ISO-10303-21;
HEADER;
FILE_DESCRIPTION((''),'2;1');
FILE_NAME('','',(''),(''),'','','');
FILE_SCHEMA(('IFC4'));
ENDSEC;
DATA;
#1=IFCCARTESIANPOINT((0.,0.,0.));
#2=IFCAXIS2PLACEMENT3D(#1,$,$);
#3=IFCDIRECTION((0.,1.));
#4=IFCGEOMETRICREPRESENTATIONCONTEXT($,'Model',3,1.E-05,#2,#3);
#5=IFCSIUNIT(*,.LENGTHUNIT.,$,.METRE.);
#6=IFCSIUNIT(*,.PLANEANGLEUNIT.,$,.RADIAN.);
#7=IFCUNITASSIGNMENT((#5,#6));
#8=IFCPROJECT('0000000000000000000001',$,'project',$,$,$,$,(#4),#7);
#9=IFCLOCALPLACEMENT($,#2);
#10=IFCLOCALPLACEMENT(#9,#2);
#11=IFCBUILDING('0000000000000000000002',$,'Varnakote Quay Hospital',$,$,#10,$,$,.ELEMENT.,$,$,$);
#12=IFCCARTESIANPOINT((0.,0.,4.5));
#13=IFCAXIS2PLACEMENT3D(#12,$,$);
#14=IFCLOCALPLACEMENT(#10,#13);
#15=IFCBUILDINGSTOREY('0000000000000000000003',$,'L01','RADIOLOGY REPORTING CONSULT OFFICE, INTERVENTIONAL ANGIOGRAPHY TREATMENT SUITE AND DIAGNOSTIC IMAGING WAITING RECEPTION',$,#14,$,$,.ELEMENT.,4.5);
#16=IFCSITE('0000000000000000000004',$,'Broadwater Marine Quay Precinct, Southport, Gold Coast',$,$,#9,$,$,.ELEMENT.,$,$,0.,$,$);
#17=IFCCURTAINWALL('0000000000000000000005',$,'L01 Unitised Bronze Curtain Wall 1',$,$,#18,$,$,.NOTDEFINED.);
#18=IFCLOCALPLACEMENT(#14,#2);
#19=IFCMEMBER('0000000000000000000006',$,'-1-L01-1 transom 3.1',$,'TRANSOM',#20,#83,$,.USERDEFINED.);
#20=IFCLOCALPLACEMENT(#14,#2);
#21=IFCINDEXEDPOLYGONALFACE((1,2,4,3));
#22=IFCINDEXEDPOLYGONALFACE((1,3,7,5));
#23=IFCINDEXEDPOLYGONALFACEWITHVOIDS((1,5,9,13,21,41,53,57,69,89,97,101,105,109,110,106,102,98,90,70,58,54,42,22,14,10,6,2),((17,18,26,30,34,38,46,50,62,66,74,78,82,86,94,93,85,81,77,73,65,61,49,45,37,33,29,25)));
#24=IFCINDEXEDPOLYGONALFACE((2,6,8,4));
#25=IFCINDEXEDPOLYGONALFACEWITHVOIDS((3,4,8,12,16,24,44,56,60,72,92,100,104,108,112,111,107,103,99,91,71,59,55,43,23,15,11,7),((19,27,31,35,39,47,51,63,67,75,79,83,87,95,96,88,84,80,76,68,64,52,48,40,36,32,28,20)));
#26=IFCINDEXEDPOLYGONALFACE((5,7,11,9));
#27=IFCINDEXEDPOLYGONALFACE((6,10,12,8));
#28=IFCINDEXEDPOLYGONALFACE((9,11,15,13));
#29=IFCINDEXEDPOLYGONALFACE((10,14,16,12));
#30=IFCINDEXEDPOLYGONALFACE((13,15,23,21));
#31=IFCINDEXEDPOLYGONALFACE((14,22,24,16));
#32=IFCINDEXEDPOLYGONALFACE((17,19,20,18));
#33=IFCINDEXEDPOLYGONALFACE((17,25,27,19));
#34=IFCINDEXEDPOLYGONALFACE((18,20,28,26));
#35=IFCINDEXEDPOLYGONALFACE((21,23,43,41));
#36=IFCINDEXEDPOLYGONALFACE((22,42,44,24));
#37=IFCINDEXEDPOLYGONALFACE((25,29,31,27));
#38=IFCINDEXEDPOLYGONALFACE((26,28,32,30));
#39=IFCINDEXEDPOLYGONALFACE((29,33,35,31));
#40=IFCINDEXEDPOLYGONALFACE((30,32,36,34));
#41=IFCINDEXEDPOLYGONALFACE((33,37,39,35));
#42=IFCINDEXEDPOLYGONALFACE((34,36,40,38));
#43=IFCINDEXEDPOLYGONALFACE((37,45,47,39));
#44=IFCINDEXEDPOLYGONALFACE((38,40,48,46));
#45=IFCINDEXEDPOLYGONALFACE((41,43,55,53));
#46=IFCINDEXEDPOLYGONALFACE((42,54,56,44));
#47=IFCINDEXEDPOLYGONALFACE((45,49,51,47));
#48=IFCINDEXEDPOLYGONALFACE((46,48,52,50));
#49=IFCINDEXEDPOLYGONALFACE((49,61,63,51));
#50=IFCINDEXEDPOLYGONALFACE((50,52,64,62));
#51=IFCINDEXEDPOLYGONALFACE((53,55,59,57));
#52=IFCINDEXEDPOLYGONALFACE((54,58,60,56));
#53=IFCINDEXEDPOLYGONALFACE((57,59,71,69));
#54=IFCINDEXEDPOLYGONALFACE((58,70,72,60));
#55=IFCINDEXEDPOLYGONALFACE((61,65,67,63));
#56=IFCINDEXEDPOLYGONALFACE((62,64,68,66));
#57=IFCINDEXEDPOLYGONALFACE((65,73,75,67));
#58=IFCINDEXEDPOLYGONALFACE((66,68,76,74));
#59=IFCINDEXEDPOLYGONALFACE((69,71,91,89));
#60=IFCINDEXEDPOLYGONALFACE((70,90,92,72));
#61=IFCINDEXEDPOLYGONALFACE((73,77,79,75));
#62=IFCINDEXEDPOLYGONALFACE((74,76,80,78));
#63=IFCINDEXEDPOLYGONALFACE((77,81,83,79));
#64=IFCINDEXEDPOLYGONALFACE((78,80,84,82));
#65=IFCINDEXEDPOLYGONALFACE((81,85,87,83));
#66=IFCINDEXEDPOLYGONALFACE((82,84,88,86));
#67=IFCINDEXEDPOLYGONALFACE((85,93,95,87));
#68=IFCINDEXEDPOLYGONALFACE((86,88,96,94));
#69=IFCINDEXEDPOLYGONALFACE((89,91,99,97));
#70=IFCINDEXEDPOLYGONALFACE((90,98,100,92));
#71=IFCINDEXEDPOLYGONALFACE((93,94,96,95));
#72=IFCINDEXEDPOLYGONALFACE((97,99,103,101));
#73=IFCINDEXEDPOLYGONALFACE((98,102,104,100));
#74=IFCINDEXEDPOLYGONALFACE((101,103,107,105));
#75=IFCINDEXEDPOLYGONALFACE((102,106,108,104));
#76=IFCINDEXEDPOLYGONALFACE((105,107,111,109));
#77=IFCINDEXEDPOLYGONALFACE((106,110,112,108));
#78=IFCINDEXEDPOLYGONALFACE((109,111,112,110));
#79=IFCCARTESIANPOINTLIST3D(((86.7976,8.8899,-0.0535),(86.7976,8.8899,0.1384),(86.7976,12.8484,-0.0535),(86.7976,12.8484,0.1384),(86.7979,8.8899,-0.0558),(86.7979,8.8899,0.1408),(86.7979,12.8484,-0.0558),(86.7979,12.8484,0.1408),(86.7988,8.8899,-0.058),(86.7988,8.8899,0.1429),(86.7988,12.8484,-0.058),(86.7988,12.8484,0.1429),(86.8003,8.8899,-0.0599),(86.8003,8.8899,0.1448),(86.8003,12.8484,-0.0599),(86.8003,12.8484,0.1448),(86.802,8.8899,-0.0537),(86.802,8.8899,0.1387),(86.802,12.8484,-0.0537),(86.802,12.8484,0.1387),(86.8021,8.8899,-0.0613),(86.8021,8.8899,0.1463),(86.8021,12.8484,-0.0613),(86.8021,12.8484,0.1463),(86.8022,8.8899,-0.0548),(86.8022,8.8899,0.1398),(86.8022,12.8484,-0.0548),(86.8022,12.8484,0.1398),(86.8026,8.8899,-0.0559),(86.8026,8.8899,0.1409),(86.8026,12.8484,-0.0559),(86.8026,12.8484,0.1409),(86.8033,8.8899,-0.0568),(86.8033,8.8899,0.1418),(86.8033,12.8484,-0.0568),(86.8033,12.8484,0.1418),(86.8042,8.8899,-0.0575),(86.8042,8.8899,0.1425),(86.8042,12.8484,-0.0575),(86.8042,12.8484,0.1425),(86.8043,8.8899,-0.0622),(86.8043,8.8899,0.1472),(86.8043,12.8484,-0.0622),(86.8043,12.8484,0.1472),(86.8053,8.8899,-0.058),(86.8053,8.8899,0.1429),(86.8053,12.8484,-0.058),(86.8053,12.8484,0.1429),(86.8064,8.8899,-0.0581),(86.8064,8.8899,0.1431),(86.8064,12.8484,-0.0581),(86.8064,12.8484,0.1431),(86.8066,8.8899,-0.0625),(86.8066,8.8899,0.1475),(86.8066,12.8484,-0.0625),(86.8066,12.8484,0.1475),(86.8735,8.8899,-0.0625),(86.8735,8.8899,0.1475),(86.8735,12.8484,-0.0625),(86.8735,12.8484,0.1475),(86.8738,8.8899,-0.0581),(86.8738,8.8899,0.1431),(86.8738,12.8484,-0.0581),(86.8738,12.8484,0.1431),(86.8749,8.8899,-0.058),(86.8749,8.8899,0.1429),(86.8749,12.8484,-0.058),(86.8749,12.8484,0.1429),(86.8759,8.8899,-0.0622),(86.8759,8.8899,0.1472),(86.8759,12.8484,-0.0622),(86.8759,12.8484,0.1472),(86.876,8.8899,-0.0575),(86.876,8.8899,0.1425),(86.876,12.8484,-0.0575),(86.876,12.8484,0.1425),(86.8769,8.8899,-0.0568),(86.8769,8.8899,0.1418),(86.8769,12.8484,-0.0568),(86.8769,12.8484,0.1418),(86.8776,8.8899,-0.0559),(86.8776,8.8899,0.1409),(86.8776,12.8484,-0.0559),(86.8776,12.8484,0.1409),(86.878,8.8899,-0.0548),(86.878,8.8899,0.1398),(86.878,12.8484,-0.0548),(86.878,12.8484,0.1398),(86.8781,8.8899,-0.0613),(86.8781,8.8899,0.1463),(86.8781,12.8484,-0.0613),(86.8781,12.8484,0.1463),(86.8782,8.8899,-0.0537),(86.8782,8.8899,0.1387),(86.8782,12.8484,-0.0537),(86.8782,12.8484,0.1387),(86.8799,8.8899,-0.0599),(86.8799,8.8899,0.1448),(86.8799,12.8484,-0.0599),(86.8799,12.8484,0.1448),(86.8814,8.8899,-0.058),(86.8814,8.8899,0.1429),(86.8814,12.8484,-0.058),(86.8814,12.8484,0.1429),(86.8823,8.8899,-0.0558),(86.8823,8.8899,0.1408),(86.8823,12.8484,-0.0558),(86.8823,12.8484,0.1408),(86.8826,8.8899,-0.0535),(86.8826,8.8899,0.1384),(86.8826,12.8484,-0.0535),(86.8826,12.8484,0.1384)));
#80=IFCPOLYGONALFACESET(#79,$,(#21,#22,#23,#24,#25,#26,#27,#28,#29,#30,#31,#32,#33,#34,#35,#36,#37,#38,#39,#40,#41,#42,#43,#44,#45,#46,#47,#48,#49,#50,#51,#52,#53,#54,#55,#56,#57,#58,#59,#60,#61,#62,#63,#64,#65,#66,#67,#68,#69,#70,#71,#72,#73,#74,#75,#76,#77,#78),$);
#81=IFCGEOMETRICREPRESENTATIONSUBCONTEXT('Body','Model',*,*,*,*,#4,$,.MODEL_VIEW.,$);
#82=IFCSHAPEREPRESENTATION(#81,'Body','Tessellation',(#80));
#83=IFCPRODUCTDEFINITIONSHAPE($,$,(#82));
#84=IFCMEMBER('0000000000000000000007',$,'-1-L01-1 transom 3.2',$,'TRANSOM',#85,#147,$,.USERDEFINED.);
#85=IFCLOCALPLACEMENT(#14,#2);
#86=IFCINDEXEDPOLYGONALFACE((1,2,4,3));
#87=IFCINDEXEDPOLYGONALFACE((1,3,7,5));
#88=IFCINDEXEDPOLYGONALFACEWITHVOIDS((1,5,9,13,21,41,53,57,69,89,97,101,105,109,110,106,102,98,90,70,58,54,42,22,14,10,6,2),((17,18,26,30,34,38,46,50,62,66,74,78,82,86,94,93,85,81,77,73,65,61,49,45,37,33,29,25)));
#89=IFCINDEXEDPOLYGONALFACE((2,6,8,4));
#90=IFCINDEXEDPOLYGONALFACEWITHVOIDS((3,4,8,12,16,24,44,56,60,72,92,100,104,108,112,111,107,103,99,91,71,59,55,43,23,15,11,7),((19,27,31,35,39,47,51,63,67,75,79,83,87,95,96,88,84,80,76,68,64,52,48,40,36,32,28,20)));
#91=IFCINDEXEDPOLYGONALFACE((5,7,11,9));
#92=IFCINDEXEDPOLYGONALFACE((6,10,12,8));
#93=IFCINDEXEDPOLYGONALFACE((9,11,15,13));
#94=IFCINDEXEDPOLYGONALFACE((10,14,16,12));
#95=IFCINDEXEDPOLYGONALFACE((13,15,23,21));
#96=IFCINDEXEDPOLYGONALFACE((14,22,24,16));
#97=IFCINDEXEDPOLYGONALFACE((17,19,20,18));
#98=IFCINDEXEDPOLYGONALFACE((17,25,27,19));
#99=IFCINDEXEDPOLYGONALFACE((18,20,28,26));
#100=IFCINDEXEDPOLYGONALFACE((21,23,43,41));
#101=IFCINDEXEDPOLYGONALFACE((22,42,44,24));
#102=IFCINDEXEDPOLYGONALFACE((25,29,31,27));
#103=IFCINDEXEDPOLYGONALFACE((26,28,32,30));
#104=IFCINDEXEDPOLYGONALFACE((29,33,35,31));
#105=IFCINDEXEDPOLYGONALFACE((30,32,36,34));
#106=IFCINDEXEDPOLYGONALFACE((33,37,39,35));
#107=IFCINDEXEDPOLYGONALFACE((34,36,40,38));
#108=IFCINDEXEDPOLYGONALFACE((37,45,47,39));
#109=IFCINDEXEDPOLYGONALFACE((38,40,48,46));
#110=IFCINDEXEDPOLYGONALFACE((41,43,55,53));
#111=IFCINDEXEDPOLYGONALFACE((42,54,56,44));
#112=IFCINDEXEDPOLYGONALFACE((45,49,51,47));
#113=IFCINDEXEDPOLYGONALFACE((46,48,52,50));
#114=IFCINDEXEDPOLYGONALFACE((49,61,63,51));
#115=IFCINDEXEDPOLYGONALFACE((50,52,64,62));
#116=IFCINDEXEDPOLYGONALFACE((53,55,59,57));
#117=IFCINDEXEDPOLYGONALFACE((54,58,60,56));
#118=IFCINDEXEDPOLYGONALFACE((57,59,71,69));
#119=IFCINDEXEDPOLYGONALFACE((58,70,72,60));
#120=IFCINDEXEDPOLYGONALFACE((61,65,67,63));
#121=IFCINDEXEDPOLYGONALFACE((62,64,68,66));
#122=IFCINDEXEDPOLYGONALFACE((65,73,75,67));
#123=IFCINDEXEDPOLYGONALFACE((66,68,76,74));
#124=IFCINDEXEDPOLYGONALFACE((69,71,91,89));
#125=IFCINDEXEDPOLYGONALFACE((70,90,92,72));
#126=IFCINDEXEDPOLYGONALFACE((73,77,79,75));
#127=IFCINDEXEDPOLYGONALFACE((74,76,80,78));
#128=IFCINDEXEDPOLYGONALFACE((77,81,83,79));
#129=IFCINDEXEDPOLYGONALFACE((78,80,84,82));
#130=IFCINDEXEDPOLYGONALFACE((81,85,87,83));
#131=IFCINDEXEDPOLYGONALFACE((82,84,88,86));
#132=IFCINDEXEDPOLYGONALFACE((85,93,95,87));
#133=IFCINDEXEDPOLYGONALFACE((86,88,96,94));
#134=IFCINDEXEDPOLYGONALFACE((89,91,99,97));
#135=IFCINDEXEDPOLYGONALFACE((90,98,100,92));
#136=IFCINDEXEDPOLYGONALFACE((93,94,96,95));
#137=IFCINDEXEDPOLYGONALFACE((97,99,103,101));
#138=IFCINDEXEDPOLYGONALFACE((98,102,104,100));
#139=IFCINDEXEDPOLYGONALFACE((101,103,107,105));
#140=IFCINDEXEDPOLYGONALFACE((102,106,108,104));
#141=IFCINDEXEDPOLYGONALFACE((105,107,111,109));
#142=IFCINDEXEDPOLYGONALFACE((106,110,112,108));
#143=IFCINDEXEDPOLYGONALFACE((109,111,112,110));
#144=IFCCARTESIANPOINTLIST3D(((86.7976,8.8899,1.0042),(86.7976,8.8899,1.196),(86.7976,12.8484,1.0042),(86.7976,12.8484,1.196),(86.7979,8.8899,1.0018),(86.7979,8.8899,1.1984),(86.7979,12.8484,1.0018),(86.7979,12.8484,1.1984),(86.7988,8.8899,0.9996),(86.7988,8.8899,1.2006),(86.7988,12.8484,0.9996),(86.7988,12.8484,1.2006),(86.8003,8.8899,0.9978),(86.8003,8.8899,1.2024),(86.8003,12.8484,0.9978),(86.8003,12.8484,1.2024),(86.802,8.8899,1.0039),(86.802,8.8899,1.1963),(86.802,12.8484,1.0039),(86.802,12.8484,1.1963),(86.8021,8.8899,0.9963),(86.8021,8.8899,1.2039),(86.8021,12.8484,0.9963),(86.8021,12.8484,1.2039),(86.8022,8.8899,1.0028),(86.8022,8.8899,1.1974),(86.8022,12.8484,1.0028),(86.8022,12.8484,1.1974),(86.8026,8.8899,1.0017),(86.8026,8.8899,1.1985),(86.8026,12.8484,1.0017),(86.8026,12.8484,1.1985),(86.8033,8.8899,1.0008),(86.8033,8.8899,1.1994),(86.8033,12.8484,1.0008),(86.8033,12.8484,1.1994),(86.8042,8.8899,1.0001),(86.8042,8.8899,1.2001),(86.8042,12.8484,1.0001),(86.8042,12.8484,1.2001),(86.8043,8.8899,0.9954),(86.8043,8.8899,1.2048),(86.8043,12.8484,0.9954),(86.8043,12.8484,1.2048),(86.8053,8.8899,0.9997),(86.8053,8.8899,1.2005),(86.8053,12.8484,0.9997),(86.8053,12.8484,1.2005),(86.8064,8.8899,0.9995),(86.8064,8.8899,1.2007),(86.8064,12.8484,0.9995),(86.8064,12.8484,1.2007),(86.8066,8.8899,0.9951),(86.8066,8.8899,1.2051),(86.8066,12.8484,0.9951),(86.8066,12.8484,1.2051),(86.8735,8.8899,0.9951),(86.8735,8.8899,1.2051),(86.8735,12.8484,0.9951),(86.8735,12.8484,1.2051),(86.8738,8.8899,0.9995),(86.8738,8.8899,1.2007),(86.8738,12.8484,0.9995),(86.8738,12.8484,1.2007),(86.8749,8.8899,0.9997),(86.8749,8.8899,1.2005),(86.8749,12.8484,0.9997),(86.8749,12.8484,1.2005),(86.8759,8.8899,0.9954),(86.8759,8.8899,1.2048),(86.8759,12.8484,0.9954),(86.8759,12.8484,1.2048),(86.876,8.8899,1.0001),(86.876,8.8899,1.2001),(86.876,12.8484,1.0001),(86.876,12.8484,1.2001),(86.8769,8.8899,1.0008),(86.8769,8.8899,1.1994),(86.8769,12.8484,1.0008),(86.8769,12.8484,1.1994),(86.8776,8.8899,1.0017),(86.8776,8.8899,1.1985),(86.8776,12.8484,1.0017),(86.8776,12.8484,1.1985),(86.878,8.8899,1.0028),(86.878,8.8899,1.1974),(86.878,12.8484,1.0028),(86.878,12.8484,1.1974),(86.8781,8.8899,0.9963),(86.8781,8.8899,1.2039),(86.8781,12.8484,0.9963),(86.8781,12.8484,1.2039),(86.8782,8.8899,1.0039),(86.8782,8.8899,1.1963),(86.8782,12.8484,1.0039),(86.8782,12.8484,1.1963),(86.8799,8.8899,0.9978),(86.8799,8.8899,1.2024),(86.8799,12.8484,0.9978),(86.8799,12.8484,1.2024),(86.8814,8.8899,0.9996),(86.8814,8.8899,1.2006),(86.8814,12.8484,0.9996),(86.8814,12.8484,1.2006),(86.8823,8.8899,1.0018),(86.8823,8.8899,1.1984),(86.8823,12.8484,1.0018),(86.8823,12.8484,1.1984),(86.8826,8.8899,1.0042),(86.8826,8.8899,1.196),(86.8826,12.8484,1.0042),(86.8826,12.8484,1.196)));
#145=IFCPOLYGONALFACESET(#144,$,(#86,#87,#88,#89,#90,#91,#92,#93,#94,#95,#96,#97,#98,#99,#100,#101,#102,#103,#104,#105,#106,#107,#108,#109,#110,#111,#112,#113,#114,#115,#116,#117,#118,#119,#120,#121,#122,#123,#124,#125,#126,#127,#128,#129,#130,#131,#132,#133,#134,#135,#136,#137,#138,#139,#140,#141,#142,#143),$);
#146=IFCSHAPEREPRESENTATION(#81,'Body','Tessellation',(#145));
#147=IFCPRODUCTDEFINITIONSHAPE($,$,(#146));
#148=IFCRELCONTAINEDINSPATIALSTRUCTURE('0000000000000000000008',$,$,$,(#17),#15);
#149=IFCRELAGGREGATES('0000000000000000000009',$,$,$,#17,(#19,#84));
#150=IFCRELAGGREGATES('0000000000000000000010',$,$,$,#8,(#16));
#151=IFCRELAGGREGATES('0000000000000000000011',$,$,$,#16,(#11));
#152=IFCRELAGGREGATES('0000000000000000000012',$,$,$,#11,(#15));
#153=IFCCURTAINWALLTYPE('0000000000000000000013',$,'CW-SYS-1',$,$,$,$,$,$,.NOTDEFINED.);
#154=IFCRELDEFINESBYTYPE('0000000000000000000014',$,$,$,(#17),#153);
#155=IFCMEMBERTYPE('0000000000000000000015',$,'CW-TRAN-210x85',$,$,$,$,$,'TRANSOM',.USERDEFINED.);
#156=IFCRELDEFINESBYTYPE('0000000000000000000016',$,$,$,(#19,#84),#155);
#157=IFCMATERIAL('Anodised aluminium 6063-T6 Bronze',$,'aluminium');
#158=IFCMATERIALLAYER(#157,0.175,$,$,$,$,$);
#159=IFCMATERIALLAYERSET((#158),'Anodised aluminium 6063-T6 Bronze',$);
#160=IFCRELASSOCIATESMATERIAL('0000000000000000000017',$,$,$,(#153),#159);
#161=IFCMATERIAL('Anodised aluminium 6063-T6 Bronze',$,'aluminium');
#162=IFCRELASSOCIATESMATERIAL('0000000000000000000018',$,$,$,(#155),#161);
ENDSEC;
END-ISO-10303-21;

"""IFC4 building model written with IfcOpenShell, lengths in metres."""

from ifc_helpers import new_model, si_unit, direction, frame, origin, origin_2d, place, context, subcontext, project, spatial, hollow_rectangle, extrude, material, layer, layer_set, material_profile, profile_set, type_object, element, aggregate, save


model = new_model("IFC4")

# Units and contexts
model_context = context("Model", 3, precision=1e-05, world=origin(), true_north=direction((0.0, 1.0)))
body_context = subcontext(model_context, "Body", "Model", "MODEL_VIEW")
ifc_project = project(units=[si_unit("LENGTHUNIT", "METRE"), si_unit("PLANEANGLEUNIT", "RADIAN")], contexts=[model_context])

# Site, building, storey
site_placement = place(None, origin())
site = spatial("IfcSite", under=ifc_project, at=site_placement, Name="Broadwater Marine Quay Precinct, Southport, Gold Coast", CompositionType="ELEMENT", RefElevation=0.0)
building_placement = place(site_placement, origin())
building = spatial("IfcBuilding", under=site, at=building_placement, Name="Varnakote Quay Hospital", CompositionType="ELEMENT")
storey_placement = place(building_placement, frame((0.0, 0.0, 4.5)))
storey = spatial("IfcBuildingStorey", under=building, at=storey_placement, Name="L01", Description="RADIOLOGY REPORTING CONSULT OFFICE, INTERVENTIONAL ANGIOGRAPHY TREATMENT SUITE AND DIAGNOSTIC IMAGING WAITING RECEPTION", CompositionType="ELEMENT", Elevation=4.5)

# Curtain wall, members
ifc_material_1 = material(Name="Anodised aluminium 6063-T6 Bronze", Category="aluminium")
ifc_layer_1 = layer(ifc_material_1, 0.175)
ifc_layer_set_1 = layer_set([ifc_layer_1], Name="Anodised aluminium 6063-T6 Bronze")
curtain_wall_type = type_object("IfcCurtainWallType", Name="CW-SYS-1", PredefinedType="NOTDEFINED", material=ifc_layer_set_1)
curtain_wall_placement = place(storey_placement, origin())
curtain_wall = element("IfcCurtainWall", 1, at=curtain_wall_placement, inside=storey, type_object=curtain_wall_type, Name="L01 Unitised Bronze Curtain Wall 1", PredefinedType="NOTDEFINED")
ifc_material_2 = material(Name="Anodised aluminium 6063-T6 Bronze", Category="aluminium")
ifc_material_profile_1 = material_profile(ifc_material_2, hollow_rectangle(XDim=0.085, YDim=0.21, WallThickness=0.0044, InnerFilletRadius=0.0044, OuterFilletRadius=0.009, at=origin_2d()), Name="CW-TRAN-210x85")
ifc_profile_set_1 = profile_set([ifc_material_profile_1], Name="Anodised aluminium 6063-T6 Bronze")
member_type_1 = type_object("IfcMemberType", Name="CW-TRAN-210x85", ElementType="TRANSOM", PredefinedType="USERDEFINED", material=ifc_profile_set_1)
member_1_placement = place(storey_placement, frame((86.8401, 8.8899, 0.0425), z_axis=(0.0, 1.0, 0.0), x_axis=(-1.0, 0.0, 0.0)))
member_1 = element("IfcMember", 2, at=member_1_placement, type_object=member_type_1, Name="-1-L01-1 transom 3.1", ObjectType="TRANSOM", PredefinedType="USERDEFINED", context=body_context, shape_type="SweptSolid", body=[
    extrude(hollow_rectangle(XDim=0.085, YDim=0.21, WallThickness=0.0044, InnerFilletRadius=0.0044, OuterFilletRadius=0.009, at=origin_2d()), origin(), (0.0, 0.0, 1.0), 3.9585),
])
member_2_placement = place(storey_placement, frame((86.8401, 8.8899, 1.1001), z_axis=(0.0, 1.0, 0.0), x_axis=(-1.0, 0.0, 0.0)))
member_2 = element("IfcMember", 3, at=member_2_placement, type_object=member_type_1, Name="-1-L01-1 transom 3.2", ObjectType="TRANSOM", PredefinedType="USERDEFINED", context=body_context, shape_type="SweptSolid", body=[
    extrude(hollow_rectangle(XDim=0.085, YDim=0.21, WallThickness=0.0044, InnerFilletRadius=0.0044, OuterFilletRadius=0.009, at=origin_2d()), origin(), (0.0, 0.0, 1.0), 3.9585),
])
aggregate(curtain_wall, [member_1, member_2])

save(model, "model.ifc")
